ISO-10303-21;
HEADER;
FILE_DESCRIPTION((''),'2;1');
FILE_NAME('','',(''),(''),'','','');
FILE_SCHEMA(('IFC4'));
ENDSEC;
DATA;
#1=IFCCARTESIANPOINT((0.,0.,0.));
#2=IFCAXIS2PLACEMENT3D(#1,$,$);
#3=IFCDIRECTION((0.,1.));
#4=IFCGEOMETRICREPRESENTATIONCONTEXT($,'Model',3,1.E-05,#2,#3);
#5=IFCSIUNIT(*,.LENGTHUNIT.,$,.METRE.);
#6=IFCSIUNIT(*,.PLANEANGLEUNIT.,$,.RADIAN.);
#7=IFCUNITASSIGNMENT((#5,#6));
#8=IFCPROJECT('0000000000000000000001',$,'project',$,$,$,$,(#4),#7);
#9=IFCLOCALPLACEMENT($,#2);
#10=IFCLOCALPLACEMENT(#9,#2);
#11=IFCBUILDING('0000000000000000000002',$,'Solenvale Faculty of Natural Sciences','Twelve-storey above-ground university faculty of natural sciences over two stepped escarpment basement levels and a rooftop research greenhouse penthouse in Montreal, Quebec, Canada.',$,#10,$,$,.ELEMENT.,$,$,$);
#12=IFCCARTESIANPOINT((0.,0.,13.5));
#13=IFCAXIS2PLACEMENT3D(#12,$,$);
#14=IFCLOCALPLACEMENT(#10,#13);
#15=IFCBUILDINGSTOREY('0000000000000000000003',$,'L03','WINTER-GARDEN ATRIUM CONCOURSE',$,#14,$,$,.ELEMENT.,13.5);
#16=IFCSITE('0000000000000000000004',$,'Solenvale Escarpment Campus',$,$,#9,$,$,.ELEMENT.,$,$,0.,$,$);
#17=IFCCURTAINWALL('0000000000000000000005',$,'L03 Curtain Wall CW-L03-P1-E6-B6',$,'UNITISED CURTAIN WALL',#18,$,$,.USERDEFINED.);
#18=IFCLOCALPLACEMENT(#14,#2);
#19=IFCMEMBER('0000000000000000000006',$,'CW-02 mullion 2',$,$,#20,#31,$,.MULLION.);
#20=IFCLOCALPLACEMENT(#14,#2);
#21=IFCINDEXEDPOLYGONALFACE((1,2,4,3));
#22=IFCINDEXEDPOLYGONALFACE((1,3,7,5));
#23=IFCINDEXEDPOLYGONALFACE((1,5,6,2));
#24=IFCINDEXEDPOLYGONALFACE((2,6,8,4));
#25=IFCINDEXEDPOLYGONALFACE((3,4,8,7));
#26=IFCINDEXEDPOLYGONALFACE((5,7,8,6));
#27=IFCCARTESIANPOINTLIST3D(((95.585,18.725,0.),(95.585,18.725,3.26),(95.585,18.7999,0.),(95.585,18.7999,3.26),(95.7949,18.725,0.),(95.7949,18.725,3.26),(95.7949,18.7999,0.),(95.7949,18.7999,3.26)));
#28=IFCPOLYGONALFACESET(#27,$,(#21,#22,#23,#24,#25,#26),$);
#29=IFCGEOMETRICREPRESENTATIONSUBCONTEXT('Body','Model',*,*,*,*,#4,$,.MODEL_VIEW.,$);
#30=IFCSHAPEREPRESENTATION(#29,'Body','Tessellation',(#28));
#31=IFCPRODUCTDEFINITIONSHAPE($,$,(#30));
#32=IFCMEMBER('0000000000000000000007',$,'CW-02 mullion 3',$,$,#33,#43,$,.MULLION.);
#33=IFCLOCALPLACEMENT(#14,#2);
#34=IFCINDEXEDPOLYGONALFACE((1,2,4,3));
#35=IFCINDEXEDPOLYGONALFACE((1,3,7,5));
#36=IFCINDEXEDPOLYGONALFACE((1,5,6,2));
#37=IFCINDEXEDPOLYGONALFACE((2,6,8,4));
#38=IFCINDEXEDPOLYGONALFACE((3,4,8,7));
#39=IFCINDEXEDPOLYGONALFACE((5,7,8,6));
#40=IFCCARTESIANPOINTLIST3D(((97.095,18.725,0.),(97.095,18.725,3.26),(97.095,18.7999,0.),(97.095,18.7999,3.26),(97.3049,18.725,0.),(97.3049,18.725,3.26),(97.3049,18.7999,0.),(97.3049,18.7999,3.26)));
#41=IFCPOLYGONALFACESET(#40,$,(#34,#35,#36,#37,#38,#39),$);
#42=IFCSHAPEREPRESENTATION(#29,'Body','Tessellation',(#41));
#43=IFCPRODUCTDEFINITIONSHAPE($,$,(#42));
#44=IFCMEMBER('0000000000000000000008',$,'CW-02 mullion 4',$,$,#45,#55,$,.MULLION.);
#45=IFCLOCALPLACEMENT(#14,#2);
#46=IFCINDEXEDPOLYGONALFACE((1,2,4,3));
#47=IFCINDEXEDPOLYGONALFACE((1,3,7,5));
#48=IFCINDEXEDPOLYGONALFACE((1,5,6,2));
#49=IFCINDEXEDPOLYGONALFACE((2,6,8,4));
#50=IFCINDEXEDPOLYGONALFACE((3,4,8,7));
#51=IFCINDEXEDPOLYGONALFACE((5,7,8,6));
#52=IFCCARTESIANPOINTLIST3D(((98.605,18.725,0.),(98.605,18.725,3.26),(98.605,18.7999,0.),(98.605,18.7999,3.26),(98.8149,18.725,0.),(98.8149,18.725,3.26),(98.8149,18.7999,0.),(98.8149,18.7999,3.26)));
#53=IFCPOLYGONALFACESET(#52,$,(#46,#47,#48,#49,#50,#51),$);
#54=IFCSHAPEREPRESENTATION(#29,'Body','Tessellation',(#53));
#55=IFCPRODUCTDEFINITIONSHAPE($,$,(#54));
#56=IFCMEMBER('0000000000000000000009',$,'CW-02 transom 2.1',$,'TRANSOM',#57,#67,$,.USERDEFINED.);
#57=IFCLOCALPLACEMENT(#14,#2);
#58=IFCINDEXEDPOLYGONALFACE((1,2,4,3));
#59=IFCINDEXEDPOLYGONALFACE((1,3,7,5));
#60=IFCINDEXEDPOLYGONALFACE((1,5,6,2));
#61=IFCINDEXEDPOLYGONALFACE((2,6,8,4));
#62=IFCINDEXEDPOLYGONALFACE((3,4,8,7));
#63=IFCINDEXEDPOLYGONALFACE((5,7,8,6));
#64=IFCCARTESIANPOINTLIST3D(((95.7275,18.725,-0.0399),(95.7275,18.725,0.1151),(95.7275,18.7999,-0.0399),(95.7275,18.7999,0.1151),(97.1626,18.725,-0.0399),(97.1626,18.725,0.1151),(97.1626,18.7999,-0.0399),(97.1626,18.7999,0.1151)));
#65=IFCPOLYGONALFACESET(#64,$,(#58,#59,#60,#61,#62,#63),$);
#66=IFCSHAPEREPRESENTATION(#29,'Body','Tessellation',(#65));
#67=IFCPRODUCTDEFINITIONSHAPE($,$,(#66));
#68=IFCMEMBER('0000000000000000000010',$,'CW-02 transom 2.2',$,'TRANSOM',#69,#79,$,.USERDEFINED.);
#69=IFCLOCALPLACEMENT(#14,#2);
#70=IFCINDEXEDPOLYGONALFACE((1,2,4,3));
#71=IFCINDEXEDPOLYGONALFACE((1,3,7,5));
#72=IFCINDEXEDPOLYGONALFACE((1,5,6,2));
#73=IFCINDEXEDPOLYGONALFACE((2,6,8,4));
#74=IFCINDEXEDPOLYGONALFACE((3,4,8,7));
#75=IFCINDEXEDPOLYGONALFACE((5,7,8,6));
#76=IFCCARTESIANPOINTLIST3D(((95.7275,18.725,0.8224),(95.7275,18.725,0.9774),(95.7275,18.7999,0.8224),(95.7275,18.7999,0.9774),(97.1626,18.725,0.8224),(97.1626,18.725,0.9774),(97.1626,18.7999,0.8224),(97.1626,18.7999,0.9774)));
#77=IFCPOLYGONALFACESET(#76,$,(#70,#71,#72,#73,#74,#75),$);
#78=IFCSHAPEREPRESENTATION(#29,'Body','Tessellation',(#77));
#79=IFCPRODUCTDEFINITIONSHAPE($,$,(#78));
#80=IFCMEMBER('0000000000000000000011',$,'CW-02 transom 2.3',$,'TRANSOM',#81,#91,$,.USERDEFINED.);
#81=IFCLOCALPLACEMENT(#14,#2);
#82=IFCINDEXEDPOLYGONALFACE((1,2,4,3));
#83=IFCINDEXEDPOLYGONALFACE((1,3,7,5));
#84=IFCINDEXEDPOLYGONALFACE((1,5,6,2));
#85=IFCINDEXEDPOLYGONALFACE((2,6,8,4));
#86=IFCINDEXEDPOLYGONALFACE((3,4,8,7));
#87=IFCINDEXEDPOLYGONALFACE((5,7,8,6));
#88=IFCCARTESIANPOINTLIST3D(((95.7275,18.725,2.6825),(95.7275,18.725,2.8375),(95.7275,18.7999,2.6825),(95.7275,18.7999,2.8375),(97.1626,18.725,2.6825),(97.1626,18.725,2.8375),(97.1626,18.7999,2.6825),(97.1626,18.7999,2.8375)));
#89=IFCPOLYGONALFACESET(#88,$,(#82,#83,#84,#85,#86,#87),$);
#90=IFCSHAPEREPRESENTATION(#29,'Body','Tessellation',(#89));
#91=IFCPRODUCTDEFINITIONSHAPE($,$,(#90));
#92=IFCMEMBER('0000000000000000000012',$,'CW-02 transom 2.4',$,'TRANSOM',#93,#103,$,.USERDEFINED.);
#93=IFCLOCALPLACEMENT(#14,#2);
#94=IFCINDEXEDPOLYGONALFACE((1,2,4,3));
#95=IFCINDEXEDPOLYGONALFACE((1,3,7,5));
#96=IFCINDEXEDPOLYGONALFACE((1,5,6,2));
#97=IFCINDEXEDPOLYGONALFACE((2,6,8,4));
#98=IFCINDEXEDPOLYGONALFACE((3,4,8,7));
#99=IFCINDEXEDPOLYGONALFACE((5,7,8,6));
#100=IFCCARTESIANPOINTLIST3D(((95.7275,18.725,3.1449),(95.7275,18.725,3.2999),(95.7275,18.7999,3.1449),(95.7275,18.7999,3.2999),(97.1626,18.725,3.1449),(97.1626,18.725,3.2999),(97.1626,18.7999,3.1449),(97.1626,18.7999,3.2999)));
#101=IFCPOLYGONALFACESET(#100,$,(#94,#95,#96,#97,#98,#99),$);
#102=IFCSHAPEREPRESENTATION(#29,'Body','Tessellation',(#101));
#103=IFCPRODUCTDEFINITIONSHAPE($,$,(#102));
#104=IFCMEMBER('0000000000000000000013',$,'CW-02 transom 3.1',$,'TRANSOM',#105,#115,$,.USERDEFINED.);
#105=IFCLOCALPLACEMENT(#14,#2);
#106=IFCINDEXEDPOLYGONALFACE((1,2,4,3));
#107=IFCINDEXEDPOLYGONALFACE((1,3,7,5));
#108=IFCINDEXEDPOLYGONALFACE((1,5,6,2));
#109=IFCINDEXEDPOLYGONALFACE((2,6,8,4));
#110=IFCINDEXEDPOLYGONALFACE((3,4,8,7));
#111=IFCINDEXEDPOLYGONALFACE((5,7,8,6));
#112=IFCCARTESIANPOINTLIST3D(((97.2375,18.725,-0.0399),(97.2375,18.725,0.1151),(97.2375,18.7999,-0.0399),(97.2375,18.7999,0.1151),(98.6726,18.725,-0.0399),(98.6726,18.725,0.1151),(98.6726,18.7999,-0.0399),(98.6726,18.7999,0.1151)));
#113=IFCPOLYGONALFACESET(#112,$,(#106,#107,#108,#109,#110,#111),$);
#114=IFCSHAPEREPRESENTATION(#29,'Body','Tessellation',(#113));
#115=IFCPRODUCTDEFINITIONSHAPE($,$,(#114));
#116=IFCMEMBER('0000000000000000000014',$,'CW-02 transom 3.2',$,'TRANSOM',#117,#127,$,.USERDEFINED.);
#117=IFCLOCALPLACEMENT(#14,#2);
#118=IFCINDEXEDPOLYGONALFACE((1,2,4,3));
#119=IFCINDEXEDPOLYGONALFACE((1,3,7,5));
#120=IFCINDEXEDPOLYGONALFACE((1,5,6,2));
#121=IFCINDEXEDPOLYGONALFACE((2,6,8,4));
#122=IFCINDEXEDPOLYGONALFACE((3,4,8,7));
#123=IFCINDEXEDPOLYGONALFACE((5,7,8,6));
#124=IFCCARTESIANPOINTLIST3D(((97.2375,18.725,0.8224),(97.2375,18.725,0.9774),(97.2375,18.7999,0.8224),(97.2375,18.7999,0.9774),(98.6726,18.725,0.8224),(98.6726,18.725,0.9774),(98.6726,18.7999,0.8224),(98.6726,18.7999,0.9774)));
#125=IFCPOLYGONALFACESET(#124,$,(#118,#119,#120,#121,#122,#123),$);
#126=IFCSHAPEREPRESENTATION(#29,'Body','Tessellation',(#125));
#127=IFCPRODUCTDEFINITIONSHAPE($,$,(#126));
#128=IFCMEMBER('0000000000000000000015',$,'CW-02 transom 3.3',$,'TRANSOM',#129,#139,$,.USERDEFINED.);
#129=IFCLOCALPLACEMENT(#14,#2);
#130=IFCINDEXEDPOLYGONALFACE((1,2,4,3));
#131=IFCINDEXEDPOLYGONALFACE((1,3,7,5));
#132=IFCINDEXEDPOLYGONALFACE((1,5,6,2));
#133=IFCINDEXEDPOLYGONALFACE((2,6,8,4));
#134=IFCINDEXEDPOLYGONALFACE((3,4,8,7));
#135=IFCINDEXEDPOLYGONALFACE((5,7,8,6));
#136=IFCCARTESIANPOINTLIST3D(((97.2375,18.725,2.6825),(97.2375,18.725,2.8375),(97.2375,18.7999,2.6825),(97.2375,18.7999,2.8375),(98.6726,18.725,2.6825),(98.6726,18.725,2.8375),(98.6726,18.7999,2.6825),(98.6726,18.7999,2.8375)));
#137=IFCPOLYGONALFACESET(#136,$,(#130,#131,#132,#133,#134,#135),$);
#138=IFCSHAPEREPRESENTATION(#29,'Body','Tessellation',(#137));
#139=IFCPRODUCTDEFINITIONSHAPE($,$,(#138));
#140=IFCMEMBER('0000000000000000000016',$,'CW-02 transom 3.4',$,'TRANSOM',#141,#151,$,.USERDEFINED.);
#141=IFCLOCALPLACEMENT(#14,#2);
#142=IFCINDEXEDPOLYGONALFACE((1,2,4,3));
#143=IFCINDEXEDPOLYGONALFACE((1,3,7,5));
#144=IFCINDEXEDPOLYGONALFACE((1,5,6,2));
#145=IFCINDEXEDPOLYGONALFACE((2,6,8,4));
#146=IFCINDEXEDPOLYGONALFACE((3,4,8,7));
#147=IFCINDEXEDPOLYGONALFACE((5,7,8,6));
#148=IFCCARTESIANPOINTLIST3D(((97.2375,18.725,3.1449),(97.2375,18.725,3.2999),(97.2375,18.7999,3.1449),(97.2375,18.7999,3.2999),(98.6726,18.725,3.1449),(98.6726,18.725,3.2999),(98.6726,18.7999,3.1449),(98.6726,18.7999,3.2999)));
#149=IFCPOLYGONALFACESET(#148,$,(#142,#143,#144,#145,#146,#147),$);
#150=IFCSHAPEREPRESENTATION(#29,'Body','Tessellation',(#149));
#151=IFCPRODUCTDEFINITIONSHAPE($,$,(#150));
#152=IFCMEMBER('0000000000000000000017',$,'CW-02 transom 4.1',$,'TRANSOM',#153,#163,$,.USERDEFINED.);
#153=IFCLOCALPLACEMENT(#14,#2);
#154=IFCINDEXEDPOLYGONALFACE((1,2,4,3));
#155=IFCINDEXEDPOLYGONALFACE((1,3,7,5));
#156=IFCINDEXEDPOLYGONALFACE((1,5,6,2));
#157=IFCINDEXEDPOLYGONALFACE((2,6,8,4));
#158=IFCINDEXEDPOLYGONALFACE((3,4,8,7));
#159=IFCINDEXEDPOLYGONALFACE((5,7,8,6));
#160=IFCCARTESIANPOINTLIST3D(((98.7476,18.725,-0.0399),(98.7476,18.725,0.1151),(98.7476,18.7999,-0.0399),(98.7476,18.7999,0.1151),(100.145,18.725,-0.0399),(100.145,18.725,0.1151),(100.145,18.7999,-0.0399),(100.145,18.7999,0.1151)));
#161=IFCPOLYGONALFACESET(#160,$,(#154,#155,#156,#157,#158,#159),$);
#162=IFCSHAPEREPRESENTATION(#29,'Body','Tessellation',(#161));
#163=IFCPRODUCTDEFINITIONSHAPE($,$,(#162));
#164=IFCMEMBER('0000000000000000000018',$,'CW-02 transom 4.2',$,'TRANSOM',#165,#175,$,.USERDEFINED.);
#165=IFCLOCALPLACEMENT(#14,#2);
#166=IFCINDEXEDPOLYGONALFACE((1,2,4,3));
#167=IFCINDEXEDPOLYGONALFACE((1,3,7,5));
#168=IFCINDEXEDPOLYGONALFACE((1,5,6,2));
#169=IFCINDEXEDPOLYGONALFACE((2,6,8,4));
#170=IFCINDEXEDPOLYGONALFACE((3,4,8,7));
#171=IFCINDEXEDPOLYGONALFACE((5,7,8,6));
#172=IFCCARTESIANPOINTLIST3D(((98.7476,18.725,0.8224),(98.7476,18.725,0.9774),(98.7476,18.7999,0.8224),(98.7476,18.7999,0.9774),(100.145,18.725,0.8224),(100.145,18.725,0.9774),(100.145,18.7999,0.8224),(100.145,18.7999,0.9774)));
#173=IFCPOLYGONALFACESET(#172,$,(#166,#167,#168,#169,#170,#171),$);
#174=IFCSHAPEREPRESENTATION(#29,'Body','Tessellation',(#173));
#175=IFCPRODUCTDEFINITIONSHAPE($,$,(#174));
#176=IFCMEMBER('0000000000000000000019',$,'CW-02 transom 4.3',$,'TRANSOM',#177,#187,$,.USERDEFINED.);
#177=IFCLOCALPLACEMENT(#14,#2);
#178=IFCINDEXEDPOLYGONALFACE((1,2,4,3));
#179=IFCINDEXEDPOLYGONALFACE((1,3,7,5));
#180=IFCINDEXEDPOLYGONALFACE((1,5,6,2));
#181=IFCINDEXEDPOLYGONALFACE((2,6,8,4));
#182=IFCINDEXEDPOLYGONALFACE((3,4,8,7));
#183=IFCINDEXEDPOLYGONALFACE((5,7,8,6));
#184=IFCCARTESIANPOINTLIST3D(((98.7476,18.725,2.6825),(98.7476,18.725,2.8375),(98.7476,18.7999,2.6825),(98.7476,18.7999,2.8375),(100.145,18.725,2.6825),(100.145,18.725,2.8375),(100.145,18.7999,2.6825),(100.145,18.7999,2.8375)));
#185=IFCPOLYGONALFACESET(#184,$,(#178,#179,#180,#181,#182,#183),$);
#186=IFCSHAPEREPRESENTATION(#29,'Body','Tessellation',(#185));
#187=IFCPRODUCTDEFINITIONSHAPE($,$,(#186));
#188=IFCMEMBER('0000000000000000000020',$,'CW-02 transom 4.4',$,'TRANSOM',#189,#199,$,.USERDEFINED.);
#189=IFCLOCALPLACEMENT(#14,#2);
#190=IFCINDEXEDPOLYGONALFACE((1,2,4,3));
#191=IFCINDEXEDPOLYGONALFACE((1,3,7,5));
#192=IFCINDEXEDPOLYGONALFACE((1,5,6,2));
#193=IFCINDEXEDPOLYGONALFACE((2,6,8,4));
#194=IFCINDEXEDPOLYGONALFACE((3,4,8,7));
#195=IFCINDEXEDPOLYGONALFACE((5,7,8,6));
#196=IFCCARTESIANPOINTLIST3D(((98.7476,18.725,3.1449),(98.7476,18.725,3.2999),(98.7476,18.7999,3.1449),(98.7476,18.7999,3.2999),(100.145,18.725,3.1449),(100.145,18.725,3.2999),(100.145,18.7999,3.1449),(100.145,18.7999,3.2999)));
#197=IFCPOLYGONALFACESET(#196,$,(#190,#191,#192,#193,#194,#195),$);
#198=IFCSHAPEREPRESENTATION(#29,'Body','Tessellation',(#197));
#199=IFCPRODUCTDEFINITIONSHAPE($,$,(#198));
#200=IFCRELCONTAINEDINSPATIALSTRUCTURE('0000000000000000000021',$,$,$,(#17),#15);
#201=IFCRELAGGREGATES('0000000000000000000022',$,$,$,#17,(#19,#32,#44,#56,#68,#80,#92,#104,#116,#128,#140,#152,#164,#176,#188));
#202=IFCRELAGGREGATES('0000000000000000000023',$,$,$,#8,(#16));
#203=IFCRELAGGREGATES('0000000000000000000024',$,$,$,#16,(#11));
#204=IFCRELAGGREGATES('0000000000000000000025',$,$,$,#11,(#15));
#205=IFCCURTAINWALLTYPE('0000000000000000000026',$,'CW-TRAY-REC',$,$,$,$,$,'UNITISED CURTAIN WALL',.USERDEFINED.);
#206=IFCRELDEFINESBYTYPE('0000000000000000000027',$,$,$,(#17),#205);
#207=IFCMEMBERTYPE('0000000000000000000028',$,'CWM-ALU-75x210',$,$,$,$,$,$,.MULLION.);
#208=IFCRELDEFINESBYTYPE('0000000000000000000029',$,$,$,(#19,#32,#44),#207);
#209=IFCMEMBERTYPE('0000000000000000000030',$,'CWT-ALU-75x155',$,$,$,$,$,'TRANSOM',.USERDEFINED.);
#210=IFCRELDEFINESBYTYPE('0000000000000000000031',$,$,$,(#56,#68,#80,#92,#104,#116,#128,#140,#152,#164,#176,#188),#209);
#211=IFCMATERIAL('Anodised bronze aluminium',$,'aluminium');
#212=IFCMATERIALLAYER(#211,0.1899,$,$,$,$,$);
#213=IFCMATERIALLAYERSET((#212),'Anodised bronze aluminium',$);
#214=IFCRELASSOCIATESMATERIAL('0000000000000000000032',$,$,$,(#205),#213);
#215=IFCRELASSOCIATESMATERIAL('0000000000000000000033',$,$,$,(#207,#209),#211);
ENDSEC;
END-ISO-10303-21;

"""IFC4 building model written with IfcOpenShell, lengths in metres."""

from ifc_helpers import new_model, si_unit, direction, frame, origin, origin_2d, place, context, subcontext, project, spatial, rectangle, extrude, material, layer, layer_set, material_profile, profile_set, type_object, element, aggregate, save


model = new_model("IFC4")

# Units and contexts
model_context = context("Model", 3, precision=1e-05, world=origin(), true_north=direction((0.0, 1.0)))
body_context = subcontext(model_context, "Body", "Model", "MODEL_VIEW")
ifc_project = project(units=[si_unit("LENGTHUNIT", "METRE"), si_unit("PLANEANGLEUNIT", "RADIAN")], contexts=[model_context])

# Site, building, storey
site_placement = place(None, origin())
site = spatial("IfcSite", under=ifc_project, at=site_placement, Name="Solenvale Escarpment Campus", CompositionType="ELEMENT", RefElevation=0.0)
building_placement = place(site_placement, origin())
building = spatial("IfcBuilding", under=site, at=building_placement, Name="Solenvale Faculty of Natural Sciences", Description="Twelve-storey above-ground university faculty of natural sciences over two stepped escarpment basement levels and a rooftop research greenhouse penthouse in Montreal, Quebec, Canada.", CompositionType="ELEMENT")
storey_placement = place(building_placement, frame((0.0, 0.0, 13.5)))
storey = spatial("IfcBuildingStorey", under=building, at=storey_placement, Name="L03", Description="WINTER-GARDEN ATRIUM CONCOURSE", CompositionType="ELEMENT", Elevation=13.5)

# Curtain wall, members
ifc_material_1 = material(Name="Anodised bronze aluminium", Category="aluminium")
ifc_layer_1 = layer(ifc_material_1, 0.1899)
ifc_layer_set_1 = layer_set([ifc_layer_1], Name="Anodised bronze aluminium")
curtain_wall_type = type_object("IfcCurtainWallType", Name="CW-TRAY-REC", ElementType="UNITISED CURTAIN WALL", PredefinedType="USERDEFINED", material=ifc_layer_set_1)
curtain_wall_placement = place(storey_placement, origin())
curtain_wall = element("IfcCurtainWall", 1, at=curtain_wall_placement, inside=storey, type_object=curtain_wall_type, Name="L03 Curtain Wall CW-L03-P1-E6-B6", ObjectType="UNITISED CURTAIN WALL", PredefinedType="USERDEFINED")
ifc_material_profile_1 = material_profile(ifc_material_1, rectangle(XDim=0.075, YDim=0.21, at=origin_2d()), Name="ALU-MUL-75x210")
ifc_profile_set_1 = profile_set([ifc_material_profile_1], Name="Anodised bronze aluminium")
member_type_1 = type_object("IfcMemberType", Name="CWM-ALU-75x210", PredefinedType="MULLION", material=ifc_profile_set_1)
member_1_placement = place(storey_placement, frame((95.6899, 18.7625, 0.0), z_axis=(0.0, 0.0, 1.0), x_axis=(0.0, 1.0, 0.0)))
member_1 = element("IfcMember", 2, at=member_1_placement, type_object=member_type_1, Name="CW-02 mullion 2", PredefinedType="MULLION", context=body_context, shape_type="SweptSolid", body=[
    extrude(rectangle(XDim=0.075, YDim=0.21, at=origin_2d()), origin(), (0.0, 0.0, 1.0), 3.26),
])
member_2_placement = place(storey_placement, frame((97.2, 18.7625, 0.0), z_axis=(0.0, 0.0, 1.0), x_axis=(0.0, 1.0, 0.0)))
member_2 = element("IfcMember", 3, at=member_2_placement, type_object=member_type_1, Name="CW-02 mullion 3", PredefinedType="MULLION", context=body_context, shape_type="SweptSolid", body=[
    extrude(rectangle(XDim=0.075, YDim=0.21, at=origin_2d()), origin(), (0.0, 0.0, 1.0), 3.26),
])
member_3_placement = place(storey_placement, frame((98.71, 18.7625, 0.0), z_axis=(0.0, 0.0, 1.0), x_axis=(0.0, 1.0, 0.0)))
member_3 = element("IfcMember", 4, at=member_3_placement, type_object=member_type_1, Name="CW-02 mullion 4", PredefinedType="MULLION", context=body_context, shape_type="SweptSolid", body=[
    extrude(rectangle(XDim=0.075, YDim=0.21, at=origin_2d()), origin(), (0.0, 0.0, 1.0), 3.26),
])
ifc_material_profile_2 = material_profile(ifc_material_1, rectangle(XDim=0.075, YDim=0.155, at=origin_2d()), Name="ALU-TRN-75x155")
ifc_profile_set_2 = profile_set([ifc_material_profile_2], Name="Anodised bronze aluminium")
member_type_2 = type_object("IfcMemberType", Name="CWT-ALU-75x155", ElementType="TRANSOM", PredefinedType="USERDEFINED", material=ifc_profile_set_2)
member_4_placement = place(storey_placement, frame((95.7275, 18.7625, 0.0376), z_axis=(1.0, 0.0, 0.0), x_axis=(0.0, 1.0, 0.0)))
member_4 = element("IfcMember", 5, at=member_4_placement, type_object=member_type_2, Name="CW-02 transom 2.1", ObjectType="TRANSOM", PredefinedType="USERDEFINED", context=body_context, shape_type="SweptSolid", body=[
    extrude(rectangle(XDim=0.075, YDim=0.155, at=origin_2d()), origin(), (0.0, 0.0, 1.0), 1.4351),
])
member_5_placement = place(storey_placement, frame((95.7275, 18.7625, 0.8999), z_axis=(1.0, 0.0, 0.0), x_axis=(0.0, 1.0, 0.0)))
member_5 = element("IfcMember", 6, at=member_5_placement, type_object=member_type_2, Name="CW-02 transom 2.2", ObjectType="TRANSOM", PredefinedType="USERDEFINED", context=body_context, shape_type="SweptSolid", body=[
    extrude(rectangle(XDim=0.075, YDim=0.155, at=origin_2d()), origin(), (0.0, 0.0, 1.0), 1.4351),
])
member_6_placement = place(storey_placement, frame((95.7275, 18.7625, 2.76), z_axis=(1.0, 0.0, 0.0), x_axis=(0.0, 1.0, 0.0)))
member_6 = element("IfcMember", 7, at=member_6_placement, type_object=member_type_2, Name="CW-02 transom 2.3", ObjectType="TRANSOM", PredefinedType="USERDEFINED", context=body_context, shape_type="SweptSolid", body=[
    extrude(rectangle(XDim=0.075, YDim=0.155, at=origin_2d()), origin(), (0.0, 0.0, 1.0), 1.4351),
])
member_7_placement = place(storey_placement, frame((95.7275, 18.7625, 3.2224), z_axis=(1.0, 0.0, 0.0), x_axis=(0.0, 1.0, 0.0)))
member_7 = element("IfcMember", 8, at=member_7_placement, type_object=member_type_2, Name="CW-02 transom 2.4", ObjectType="TRANSOM", PredefinedType="USERDEFINED", context=body_context, shape_type="SweptSolid", body=[
    extrude(rectangle(XDim=0.075, YDim=0.155, at=origin_2d()), origin(), (0.0, 0.0, 1.0), 1.4351),
])
member_8_placement = place(storey_placement, frame((97.2375, 18.7625, 0.0376), z_axis=(1.0, 0.0, 0.0), x_axis=(0.0, 1.0, 0.0)))
member_8 = element("IfcMember", 9, at=member_8_placement, type_object=member_type_2, Name="CW-02 transom 3.1", ObjectType="TRANSOM", PredefinedType="USERDEFINED", context=body_context, shape_type="SweptSolid", body=[
    extrude(rectangle(XDim=0.075, YDim=0.155, at=origin_2d()), origin(), (0.0, 0.0, 1.0), 1.4351),
])
member_9_placement = place(storey_placement, frame((97.2375, 18.7625, 0.8999), z_axis=(1.0, 0.0, 0.0), x_axis=(0.0, 1.0, 0.0)))
member_9 = element("IfcMember", 10, at=member_9_placement, type_object=member_type_2, Name="CW-02 transom 3.2", ObjectType="TRANSOM", PredefinedType="USERDEFINED", context=body_context, shape_type="SweptSolid", body=[
    extrude(rectangle(XDim=0.075, YDim=0.155, at=origin_2d()), origin(), (0.0, 0.0, 1.0), 1.4351),
])
member_10_placement = place(storey_placement, frame((97.2375, 18.7625, 2.76), z_axis=(1.0, 0.0, 0.0), x_axis=(0.0, 1.0, 0.0)))
member_10 = element("IfcMember", 11, at=member_10_placement, type_object=member_type_2, Name="CW-02 transom 3.3", ObjectType="TRANSOM", PredefinedType="USERDEFINED", context=body_context, shape_type="SweptSolid", body=[
    extrude(rectangle(XDim=0.075, YDim=0.155, at=origin_2d()), origin(), (0.0, 0.0, 1.0), 1.4351),
])
member_11_placement = place(storey_placement, frame((97.2375, 18.7625, 3.2224), z_axis=(1.0, 0.0, 0.0), x_axis=(0.0, 1.0, 0.0)))
member_11 = element("IfcMember", 12, at=member_11_placement, type_object=member_type_2, Name="CW-02 transom 3.4", ObjectType="TRANSOM", PredefinedType="USERDEFINED", context=body_context, shape_type="SweptSolid", body=[
    extrude(rectangle(XDim=0.075, YDim=0.155, at=origin_2d()), origin(), (0.0, 0.0, 1.0), 1.4351),
])
member_12_placement = place(storey_placement, frame((98.7476, 18.7625, 0.0376), z_axis=(1.0, 0.0, 0.0), x_axis=(0.0, 1.0, 0.0)))
member_12 = element("IfcMember", 13, at=member_12_placement, type_object=member_type_2, Name="CW-02 transom 4.1", ObjectType="TRANSOM", PredefinedType="USERDEFINED", context=body_context, shape_type="SweptSolid", body=[
    extrude(rectangle(XDim=0.075, YDim=0.155, at=origin_2d()), origin(), (0.0, 0.0, 1.0), 1.3975),
])
member_13_placement = place(storey_placement, frame((98.7476, 18.7625, 0.8999), z_axis=(1.0, 0.0, 0.0), x_axis=(0.0, 1.0, 0.0)))
member_13 = element("IfcMember", 14, at=member_13_placement, type_object=member_type_2, Name="CW-02 transom 4.2", ObjectType="TRANSOM", PredefinedType="USERDEFINED", context=body_context, shape_type="SweptSolid", body=[
    extrude(rectangle(XDim=0.075, YDim=0.155, at=origin_2d()), origin(), (0.0, 0.0, 1.0), 1.3975),
])
member_14_placement = place(storey_placement, frame((98.7476, 18.7625, 2.76), z_axis=(1.0, 0.0, 0.0), x_axis=(0.0, 1.0, 0.0)))
member_14 = element("IfcMember", 15, at=member_14_placement, type_object=member_type_2, Name="CW-02 transom 4.3", ObjectType="TRANSOM", PredefinedType="USERDEFINED", context=body_context, shape_type="SweptSolid", body=[
    extrude(rectangle(XDim=0.075, YDim=0.155, at=origin_2d()), origin(), (0.0, 0.0, 1.0), 1.3975),
])
member_15_placement = place(storey_placement, frame((98.7476, 18.7625, 3.2224), z_axis=(1.0, 0.0, 0.0), x_axis=(0.0, 1.0, 0.0)))
member_15 = element("IfcMember", 16, at=member_15_placement, type_object=member_type_2, Name="CW-02 transom 4.4", ObjectType="TRANSOM", PredefinedType="USERDEFINED", context=body_context, shape_type="SweptSolid", body=[
    extrude(rectangle(XDim=0.075, YDim=0.155, at=origin_2d()), origin(), (0.0, 0.0, 1.0), 1.3975),
])
aggregate(curtain_wall, [member_1, member_2, member_3, member_4, member_5, member_6, member_7, member_8, member_9, member_10, member_11, member_12, member_13, member_14, member_15])

save(model, "model.ifc")
